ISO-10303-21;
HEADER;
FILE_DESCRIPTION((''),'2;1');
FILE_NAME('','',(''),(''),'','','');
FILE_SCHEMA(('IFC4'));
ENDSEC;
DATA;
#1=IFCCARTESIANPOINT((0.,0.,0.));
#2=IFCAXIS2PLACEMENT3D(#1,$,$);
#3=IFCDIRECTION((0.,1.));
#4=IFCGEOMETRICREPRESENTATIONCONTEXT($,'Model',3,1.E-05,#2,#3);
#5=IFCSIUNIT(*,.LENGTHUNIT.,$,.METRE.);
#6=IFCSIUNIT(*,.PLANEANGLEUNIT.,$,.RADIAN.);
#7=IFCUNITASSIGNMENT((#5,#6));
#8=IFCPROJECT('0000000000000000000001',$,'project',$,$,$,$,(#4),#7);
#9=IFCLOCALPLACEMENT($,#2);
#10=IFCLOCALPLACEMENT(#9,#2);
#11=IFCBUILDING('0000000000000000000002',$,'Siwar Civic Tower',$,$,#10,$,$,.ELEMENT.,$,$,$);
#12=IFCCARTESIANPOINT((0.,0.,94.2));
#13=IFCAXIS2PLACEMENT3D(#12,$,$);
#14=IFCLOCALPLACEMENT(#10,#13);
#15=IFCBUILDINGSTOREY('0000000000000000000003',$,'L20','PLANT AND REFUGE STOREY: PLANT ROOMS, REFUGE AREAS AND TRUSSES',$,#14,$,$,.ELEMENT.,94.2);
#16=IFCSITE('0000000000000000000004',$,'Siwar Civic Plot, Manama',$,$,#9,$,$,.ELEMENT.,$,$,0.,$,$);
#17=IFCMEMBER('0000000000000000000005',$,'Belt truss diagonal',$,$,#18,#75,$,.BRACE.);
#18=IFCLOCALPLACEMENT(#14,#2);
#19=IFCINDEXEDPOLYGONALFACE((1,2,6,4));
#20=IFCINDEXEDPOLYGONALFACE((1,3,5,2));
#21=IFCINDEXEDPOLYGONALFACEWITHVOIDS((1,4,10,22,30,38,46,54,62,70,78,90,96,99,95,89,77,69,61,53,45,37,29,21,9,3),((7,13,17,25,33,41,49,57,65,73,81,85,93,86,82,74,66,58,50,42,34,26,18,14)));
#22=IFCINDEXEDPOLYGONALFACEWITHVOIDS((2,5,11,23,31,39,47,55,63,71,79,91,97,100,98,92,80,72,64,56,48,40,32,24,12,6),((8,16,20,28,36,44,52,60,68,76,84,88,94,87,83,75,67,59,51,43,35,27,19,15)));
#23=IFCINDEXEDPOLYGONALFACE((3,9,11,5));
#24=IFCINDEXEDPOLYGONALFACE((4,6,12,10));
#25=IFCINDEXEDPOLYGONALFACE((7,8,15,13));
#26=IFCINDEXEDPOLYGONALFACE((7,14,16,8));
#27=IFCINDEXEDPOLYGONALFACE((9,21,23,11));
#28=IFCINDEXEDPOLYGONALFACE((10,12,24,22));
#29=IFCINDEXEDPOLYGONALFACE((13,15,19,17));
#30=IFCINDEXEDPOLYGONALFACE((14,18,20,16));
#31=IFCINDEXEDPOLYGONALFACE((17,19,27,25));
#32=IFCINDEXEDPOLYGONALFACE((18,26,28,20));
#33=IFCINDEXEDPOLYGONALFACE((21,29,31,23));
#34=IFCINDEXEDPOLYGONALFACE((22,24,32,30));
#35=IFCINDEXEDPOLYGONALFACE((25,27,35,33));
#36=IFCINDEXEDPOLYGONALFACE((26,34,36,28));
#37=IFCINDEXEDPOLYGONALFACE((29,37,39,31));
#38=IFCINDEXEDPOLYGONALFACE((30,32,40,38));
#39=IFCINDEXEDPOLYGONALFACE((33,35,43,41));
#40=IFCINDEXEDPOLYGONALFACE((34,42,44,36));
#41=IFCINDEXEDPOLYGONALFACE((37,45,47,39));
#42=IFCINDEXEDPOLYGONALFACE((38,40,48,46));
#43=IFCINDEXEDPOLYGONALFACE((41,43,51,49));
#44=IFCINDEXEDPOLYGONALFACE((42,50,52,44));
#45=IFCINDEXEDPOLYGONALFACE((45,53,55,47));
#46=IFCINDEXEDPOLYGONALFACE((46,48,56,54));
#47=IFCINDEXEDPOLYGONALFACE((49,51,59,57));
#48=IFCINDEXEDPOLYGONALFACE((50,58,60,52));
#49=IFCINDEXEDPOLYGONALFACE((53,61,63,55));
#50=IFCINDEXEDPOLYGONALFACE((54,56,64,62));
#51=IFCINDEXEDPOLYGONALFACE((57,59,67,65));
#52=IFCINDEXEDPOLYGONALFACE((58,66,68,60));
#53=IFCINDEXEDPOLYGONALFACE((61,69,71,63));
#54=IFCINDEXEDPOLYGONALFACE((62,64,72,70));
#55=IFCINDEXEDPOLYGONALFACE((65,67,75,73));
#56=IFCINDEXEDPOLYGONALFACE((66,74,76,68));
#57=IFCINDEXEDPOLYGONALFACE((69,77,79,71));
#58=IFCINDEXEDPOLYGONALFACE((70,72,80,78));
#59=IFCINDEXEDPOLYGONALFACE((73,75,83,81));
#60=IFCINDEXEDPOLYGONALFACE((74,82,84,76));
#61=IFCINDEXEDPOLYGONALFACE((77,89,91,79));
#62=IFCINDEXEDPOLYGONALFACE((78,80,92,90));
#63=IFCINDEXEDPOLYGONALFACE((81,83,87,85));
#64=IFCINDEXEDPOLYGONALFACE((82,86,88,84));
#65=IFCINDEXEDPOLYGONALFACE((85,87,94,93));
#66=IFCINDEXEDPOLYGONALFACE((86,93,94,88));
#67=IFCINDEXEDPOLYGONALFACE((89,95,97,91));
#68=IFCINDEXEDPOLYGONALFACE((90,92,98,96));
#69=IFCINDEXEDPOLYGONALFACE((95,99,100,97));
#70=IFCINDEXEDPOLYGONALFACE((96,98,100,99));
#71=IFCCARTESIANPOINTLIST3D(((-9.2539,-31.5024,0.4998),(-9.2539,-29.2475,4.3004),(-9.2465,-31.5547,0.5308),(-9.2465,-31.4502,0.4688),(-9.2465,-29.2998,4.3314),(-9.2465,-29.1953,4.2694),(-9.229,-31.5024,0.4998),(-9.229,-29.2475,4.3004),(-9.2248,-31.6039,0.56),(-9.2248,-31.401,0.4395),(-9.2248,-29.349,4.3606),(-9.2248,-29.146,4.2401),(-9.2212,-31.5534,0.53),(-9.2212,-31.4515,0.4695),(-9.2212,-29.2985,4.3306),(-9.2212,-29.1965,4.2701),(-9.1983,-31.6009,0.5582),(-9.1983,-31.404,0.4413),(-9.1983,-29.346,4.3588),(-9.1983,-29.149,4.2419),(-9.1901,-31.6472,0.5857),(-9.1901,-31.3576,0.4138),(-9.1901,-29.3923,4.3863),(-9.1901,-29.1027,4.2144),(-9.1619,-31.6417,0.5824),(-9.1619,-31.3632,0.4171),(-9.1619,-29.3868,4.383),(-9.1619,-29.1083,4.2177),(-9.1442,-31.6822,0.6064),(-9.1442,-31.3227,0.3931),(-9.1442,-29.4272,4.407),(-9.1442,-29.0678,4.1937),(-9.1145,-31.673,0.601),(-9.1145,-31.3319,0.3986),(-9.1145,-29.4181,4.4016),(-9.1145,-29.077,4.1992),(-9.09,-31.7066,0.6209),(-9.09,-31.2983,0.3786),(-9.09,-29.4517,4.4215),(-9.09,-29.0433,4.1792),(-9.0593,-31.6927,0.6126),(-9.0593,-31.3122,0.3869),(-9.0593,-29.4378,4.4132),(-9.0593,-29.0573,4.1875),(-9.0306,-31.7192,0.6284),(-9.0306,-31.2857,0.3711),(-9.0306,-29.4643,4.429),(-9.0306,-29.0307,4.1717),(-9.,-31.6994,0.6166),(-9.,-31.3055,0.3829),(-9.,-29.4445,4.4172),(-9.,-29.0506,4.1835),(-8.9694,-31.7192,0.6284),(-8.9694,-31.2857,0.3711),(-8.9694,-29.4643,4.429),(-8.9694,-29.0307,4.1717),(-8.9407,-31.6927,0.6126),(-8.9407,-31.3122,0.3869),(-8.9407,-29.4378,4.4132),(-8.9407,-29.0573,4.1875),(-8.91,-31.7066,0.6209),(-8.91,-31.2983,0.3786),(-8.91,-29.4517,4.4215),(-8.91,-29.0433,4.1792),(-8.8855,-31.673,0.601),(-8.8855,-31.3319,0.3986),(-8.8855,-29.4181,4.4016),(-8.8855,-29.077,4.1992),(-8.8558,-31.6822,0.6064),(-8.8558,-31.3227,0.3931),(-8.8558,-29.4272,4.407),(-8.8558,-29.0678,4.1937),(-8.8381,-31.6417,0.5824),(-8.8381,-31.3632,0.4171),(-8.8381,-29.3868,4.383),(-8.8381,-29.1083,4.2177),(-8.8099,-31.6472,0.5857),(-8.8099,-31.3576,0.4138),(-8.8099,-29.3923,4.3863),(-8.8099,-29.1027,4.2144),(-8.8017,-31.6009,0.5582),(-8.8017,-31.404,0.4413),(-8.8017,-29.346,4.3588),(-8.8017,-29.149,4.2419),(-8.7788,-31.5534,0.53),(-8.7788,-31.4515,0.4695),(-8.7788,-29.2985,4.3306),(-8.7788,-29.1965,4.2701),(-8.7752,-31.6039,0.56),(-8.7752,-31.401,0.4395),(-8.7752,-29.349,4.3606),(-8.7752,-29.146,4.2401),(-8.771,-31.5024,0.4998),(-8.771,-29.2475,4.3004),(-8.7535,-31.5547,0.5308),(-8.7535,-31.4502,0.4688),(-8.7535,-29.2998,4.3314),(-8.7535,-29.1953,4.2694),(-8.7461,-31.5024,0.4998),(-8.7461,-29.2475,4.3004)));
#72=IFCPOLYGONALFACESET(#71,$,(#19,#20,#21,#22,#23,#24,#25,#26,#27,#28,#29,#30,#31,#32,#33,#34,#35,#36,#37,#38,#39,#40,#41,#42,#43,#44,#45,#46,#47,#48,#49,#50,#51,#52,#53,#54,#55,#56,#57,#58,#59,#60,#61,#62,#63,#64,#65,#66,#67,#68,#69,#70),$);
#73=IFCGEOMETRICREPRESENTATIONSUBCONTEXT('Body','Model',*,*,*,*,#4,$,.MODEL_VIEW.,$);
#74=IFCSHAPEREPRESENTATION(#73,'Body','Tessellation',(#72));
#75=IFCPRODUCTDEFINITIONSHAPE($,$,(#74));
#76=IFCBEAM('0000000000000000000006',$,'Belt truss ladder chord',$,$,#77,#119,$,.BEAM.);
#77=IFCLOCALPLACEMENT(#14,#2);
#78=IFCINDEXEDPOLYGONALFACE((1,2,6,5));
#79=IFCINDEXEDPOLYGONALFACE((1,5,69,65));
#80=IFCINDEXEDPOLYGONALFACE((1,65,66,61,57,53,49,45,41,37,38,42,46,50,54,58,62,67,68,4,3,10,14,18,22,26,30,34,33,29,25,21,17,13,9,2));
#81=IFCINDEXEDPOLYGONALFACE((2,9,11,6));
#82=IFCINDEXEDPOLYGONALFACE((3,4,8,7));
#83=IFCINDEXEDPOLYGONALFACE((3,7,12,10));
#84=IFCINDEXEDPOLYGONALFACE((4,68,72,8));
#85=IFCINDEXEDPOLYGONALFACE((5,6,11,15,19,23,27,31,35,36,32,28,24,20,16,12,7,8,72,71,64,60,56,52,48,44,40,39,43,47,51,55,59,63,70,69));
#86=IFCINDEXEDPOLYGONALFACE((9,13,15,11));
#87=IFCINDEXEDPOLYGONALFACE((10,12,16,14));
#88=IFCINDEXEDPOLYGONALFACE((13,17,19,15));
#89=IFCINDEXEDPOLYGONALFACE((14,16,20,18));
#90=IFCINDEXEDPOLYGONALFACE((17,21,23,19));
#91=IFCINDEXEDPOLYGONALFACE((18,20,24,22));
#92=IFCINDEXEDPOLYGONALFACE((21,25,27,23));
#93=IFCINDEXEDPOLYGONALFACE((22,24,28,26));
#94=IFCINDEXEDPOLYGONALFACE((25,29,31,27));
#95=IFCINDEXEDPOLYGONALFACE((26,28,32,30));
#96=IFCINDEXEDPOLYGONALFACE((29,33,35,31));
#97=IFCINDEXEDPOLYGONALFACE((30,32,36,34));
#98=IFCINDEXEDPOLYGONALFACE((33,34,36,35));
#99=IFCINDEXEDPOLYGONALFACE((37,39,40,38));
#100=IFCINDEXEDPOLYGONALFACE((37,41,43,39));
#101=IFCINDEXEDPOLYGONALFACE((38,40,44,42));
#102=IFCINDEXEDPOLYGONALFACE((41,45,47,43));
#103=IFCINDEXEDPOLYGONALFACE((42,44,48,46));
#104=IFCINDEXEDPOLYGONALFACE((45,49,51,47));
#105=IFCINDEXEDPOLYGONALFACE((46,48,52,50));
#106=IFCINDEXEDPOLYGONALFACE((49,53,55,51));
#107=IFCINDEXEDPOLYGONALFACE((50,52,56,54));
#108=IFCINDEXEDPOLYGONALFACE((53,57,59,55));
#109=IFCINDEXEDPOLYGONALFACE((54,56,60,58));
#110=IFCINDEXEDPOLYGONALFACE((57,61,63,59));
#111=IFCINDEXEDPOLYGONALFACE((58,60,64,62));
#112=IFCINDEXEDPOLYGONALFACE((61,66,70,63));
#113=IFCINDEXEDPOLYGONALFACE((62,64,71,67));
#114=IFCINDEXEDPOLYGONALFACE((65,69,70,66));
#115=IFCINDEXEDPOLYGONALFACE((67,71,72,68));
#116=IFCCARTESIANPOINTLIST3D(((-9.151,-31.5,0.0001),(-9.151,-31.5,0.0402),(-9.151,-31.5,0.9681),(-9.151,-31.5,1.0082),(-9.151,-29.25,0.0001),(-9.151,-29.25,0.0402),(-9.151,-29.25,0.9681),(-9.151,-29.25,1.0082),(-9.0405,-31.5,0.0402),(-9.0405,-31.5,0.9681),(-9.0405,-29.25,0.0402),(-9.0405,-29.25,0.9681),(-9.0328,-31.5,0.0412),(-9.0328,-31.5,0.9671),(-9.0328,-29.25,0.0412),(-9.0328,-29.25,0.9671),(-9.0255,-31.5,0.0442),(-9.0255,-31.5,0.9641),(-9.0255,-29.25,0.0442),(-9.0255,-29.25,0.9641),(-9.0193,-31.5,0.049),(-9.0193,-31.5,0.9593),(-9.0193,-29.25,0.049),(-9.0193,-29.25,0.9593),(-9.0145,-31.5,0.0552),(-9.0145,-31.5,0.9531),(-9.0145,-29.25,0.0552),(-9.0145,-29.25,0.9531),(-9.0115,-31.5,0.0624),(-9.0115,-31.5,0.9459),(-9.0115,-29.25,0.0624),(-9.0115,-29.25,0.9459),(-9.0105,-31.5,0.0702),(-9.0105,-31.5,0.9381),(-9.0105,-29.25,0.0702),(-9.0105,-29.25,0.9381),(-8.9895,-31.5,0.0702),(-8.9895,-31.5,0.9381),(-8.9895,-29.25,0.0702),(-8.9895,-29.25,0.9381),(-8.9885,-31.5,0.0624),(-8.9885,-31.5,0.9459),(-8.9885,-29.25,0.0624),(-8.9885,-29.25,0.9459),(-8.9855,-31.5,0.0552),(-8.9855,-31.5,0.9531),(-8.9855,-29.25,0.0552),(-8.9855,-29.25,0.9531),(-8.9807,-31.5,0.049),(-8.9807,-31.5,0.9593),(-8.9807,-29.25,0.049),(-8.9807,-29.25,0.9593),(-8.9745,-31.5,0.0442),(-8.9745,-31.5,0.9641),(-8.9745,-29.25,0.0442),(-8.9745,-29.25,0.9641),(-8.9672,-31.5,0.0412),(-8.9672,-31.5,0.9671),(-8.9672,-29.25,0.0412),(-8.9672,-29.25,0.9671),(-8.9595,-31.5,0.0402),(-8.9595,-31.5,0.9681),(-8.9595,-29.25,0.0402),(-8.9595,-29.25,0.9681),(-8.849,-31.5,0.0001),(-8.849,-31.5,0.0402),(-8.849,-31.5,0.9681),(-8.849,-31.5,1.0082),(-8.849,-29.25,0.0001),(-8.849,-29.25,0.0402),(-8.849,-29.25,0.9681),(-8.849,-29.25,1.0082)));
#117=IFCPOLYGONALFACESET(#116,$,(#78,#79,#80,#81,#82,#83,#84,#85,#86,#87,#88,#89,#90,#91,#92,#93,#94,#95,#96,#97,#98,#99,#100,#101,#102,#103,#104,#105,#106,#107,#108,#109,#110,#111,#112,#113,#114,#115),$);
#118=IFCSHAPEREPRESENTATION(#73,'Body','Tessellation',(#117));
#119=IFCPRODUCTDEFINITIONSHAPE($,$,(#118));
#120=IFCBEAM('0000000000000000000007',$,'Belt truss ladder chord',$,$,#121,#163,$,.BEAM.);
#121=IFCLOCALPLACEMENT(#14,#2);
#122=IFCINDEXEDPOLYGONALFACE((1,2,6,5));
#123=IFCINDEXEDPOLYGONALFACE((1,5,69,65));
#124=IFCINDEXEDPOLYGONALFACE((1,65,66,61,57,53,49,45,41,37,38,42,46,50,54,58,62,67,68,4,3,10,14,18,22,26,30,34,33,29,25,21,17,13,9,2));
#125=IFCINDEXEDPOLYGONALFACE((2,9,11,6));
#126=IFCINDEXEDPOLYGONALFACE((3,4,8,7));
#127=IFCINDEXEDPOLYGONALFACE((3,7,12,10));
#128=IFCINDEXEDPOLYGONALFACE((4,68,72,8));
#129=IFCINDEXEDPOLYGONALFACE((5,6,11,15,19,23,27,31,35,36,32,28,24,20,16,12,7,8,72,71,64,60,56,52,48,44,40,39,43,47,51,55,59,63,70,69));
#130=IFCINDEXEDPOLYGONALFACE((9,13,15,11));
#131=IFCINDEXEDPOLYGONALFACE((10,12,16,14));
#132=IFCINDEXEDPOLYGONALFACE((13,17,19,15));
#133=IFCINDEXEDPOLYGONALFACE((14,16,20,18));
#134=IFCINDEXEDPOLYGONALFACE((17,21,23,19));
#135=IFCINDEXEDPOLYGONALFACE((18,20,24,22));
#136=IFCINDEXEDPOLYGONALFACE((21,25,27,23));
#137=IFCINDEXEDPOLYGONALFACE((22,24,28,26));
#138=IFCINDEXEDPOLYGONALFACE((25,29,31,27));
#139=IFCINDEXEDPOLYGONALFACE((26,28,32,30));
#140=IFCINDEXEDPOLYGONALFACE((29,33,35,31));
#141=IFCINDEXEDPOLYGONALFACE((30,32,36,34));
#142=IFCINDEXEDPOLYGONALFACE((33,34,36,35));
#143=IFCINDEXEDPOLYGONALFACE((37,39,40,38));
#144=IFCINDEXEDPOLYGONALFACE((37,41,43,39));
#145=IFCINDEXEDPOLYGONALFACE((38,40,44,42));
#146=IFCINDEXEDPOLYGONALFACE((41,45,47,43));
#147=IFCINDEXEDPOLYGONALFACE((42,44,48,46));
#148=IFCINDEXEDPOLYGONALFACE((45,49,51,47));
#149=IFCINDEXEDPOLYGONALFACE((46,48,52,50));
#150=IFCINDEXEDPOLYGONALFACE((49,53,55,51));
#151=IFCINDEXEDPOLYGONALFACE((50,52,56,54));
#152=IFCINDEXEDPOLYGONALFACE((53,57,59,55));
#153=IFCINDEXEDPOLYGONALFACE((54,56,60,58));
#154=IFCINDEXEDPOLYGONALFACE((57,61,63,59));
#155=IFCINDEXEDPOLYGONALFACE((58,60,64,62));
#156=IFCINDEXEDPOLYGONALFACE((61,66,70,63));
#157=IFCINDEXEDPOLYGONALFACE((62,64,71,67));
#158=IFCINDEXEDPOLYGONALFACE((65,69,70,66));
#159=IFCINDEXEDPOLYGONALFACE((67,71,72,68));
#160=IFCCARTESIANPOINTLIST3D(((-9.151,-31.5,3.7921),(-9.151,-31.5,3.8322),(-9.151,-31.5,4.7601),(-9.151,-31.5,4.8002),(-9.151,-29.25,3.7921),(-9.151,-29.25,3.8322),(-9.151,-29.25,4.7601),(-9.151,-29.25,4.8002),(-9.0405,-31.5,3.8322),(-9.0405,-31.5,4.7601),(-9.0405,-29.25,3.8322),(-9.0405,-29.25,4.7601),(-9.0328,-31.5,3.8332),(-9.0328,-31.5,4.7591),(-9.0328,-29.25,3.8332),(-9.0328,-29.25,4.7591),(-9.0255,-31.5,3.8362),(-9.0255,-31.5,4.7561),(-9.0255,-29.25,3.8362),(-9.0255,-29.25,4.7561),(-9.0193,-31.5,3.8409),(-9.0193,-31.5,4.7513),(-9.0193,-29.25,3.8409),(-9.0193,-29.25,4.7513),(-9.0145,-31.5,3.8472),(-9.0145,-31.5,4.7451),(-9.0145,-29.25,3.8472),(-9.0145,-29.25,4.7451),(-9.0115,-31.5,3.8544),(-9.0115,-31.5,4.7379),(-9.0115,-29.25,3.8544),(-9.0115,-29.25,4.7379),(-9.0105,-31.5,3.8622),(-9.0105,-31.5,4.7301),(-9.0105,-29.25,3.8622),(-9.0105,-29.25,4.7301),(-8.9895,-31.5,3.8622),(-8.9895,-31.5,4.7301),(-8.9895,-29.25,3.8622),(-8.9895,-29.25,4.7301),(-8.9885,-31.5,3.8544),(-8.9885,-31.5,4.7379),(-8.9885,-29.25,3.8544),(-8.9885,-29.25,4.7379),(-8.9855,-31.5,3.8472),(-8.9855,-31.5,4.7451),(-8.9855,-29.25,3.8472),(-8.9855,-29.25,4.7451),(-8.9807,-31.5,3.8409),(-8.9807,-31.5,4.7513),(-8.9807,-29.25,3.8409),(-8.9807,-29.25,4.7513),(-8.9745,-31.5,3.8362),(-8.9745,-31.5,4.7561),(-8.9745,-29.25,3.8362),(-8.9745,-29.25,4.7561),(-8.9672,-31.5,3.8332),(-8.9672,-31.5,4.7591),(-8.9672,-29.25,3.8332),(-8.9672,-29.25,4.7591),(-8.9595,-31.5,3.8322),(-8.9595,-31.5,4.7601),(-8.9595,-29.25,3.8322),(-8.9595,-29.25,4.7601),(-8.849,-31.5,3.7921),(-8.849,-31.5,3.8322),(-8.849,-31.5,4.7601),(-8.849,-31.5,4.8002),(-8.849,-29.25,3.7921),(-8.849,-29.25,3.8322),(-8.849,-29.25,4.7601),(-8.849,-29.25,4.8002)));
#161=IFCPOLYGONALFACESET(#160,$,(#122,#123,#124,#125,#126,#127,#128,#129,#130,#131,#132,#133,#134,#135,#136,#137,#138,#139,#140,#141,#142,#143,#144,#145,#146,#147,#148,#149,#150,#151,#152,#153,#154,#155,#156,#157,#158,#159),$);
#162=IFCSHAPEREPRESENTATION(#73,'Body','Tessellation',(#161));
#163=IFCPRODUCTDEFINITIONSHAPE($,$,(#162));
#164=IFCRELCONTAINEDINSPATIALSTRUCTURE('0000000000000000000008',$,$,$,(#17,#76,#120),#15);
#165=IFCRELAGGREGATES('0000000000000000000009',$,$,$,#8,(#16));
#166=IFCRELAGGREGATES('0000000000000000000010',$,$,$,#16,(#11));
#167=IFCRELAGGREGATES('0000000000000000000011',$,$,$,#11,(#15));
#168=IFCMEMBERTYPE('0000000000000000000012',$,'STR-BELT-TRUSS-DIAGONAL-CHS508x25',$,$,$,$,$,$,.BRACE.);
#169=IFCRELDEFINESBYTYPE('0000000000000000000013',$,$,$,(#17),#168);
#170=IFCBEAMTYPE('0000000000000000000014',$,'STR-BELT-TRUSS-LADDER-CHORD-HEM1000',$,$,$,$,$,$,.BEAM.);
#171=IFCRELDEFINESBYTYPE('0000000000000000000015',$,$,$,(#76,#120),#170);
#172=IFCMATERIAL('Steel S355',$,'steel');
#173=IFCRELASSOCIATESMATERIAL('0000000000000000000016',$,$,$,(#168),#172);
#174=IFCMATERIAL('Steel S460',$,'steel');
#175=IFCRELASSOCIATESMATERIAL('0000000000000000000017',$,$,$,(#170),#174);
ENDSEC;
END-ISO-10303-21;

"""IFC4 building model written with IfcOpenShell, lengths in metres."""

from ifc_helpers import new_model, si_unit, direction, frame, origin, origin_2d, place, context, subcontext, project, spatial, hollow_circle, i_section, extrude, material, material_profile, profile_set, type_object, element, save


model = new_model("IFC4")

# Units and contexts
model_context = context("Model", 3, precision=1e-05, world=origin(), true_north=direction((0.0, 1.0)))
body_context = subcontext(model_context, "Body", "Model", "MODEL_VIEW")
ifc_project = project(units=[si_unit("LENGTHUNIT", "METRE"), si_unit("PLANEANGLEUNIT", "RADIAN")], contexts=[model_context])

# Site, building, storey
site_placement = place(None, origin())
site = spatial("IfcSite", under=ifc_project, at=site_placement, Name="Siwar Civic Plot, Manama", CompositionType="ELEMENT", RefElevation=0.0)
building_placement = place(site_placement, origin())
building = spatial("IfcBuilding", under=site, at=building_placement, Name="Siwar Civic Tower", CompositionType="ELEMENT")
storey_placement = place(building_placement, frame((0.0, 0.0, 94.2)))
storey = spatial("IfcBuildingStorey", under=building, at=storey_placement, Name="L20", Description="PLANT AND REFUGE STOREY: PLANT ROOMS, REFUGE AREAS AND TRUSSES", CompositionType="ELEMENT", Elevation=94.2)

# Member
ifc_material_1 = material(Name="Steel S355", Category="steel")
ifc_material_profile_1 = material_profile(ifc_material_1, hollow_circle(Radius=0.2539, WallThickness=0.0249, at=origin_2d()), Name="CHS508x25")
ifc_profile_set_1 = profile_set([ifc_material_profile_1], Name="Steel S355")
member_type_1 = type_object("IfcMemberType", Name="STR-BELT-TRUSS-DIAGONAL-CHS508x25", PredefinedType="BRACE", material=ifc_profile_set_1)
member_1_placement = place(storey_placement, frame((-9.0, -31.5024, 0.4998), z_axis=(0.0, 0.510257, 0.860022), x_axis=(-1.0, 0.0, 0.0)))
element("IfcMember", 1, at=member_1_placement, inside=storey, type_object=member_type_1, Name="Belt truss diagonal", PredefinedType="BRACE", context=body_context, shape_type="SweptSolid", body=[
    extrude(hollow_circle(Radius=0.2539, WallThickness=0.0249, at=origin_2d()), origin(), (0.0, 0.0, 1.0), 4.4192),
])

# Beams
ifc_material_2 = material(Name="Steel S460", Category="steel")
ifc_material_profile_2 = material_profile(ifc_material_2, i_section(OverallWidth=0.302, OverallDepth=1.0081, WebThickness=0.021, FlangeThickness=0.04, FilletRadius=0.03, at=origin_2d()), Name="HEM1000")
ifc_profile_set_2 = profile_set([ifc_material_profile_2], Name="Steel S460")
beam_type_1 = type_object("IfcBeamType", Name="STR-BELT-TRUSS-LADDER-CHORD-HEM1000", PredefinedType="BEAM", material=ifc_profile_set_2)
for number, where, z_axis, x_axis, name in (
    (2, (-9.0, -29.25, 0.5042), (0.0, -1.0, 0.0), (1.0, 0.0, 0.0), "Belt truss ladder chord"),
    (3, (-9.0, -29.25, 4.2961), (0.0, -1.0, 0.0), (1.0, 0.0, 0.0), "Belt truss ladder chord"),
):
    element("IfcBeam", number, at=place(storey_placement, frame(where, z_axis=z_axis, x_axis=x_axis)), inside=storey, type_object=beam_type_1, Name=name, PredefinedType="BEAM", context=body_context, shape_type="SweptSolid", body=[
        extrude(i_section(OverallWidth=0.302, OverallDepth=1.0081, WebThickness=0.021, FlangeThickness=0.04, FilletRadius=0.03, at=origin_2d()), origin(), (0.0, 0.0, 1.0), 2.25),
    ])

save(model, "model.ifc")
